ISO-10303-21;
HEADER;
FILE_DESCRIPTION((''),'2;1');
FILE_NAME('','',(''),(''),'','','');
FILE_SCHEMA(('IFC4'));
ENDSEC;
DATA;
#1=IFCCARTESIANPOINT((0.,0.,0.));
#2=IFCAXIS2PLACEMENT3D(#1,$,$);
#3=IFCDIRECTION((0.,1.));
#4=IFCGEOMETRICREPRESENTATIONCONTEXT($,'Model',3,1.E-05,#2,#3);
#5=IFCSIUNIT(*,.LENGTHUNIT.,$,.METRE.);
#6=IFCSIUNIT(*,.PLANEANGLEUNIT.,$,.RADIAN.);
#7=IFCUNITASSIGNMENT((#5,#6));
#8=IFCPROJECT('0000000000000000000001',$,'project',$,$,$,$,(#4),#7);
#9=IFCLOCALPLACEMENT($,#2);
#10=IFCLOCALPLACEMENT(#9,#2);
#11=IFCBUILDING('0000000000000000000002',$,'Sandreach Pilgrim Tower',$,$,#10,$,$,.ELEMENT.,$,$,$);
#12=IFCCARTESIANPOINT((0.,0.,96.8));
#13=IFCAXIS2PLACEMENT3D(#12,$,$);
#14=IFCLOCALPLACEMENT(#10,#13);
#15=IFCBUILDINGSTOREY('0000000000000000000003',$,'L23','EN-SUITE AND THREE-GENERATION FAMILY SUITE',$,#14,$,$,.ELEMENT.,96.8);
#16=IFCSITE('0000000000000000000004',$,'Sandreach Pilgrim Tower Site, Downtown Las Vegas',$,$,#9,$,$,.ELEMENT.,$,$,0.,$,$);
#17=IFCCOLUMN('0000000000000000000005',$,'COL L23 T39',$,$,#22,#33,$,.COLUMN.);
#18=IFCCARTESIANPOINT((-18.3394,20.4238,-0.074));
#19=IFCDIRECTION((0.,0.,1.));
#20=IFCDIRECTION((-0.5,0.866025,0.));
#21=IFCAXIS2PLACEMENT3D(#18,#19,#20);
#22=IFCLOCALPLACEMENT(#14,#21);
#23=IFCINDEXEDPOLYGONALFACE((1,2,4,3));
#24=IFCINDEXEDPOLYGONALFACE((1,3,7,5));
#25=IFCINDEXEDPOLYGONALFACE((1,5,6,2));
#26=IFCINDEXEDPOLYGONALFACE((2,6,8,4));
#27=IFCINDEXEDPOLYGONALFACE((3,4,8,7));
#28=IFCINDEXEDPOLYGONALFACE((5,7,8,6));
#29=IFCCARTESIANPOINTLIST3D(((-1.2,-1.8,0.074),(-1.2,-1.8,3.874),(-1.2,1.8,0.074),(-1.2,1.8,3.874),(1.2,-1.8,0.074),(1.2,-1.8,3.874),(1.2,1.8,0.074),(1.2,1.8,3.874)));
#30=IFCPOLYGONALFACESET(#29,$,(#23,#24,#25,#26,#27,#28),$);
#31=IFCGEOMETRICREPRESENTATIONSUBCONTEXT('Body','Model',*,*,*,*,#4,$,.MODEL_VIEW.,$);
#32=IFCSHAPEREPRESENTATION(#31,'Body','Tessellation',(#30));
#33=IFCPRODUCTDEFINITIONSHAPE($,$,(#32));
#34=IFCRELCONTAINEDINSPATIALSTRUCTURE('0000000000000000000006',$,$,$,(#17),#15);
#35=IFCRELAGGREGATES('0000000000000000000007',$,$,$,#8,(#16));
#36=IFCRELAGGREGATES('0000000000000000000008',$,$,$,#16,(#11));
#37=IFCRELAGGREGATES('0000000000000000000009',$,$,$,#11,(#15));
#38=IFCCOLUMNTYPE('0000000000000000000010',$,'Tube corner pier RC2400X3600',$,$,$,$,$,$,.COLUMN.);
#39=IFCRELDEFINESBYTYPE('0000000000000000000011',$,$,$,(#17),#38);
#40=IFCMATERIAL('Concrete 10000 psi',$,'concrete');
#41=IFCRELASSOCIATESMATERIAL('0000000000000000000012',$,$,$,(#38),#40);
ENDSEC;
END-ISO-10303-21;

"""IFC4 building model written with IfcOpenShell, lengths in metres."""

from ifc_helpers import new_model, si_unit, direction, frame, origin, origin_2d, place, context, subcontext, project, spatial, rectangle, extrude, clip, halfspace, material, material_profile, profile_set, type_object, element, save


model = new_model("IFC4")

# Units and contexts
model_context = context("Model", 3, precision=1e-05, world=origin(), true_north=direction((0.0, 1.0)))
body_context = subcontext(model_context, "Body", "Model", "MODEL_VIEW")
ifc_project = project(units=[si_unit("LENGTHUNIT", "METRE"), si_unit("PLANEANGLEUNIT", "RADIAN")], contexts=[model_context])

# Site, building, storey
site_placement = place(None, origin())
site = spatial("IfcSite", under=ifc_project, at=site_placement, Name="Sandreach Pilgrim Tower Site, Downtown Las Vegas", CompositionType="ELEMENT", RefElevation=0.0)
building_placement = place(site_placement, origin())
building = spatial("IfcBuilding", under=site, at=building_placement, Name="Sandreach Pilgrim Tower", CompositionType="ELEMENT")
storey_placement = place(building_placement, frame((0.0, 0.0, 96.8)))
storey = spatial("IfcBuildingStorey", under=building, at=storey_placement, Name="L23", Description="EN-SUITE AND THREE-GENERATION FAMILY SUITE", CompositionType="ELEMENT", Elevation=96.8)

# Column
ifc_material_1 = material(Name="Concrete 10000 psi", Category="concrete")
ifc_material_profile_1 = material_profile(ifc_material_1, rectangle(XDim=2.3999, YDim=3.6001, at=origin_2d()), Name="RC2400X3600")
ifc_profile_set_1 = profile_set([ifc_material_profile_1], Name="Concrete 10000 psi")
column_type = type_object("IfcColumnType", Name="Tube corner pier RC2400X3600", PredefinedType="COLUMN", material=ifc_profile_set_1)
column_placement = place(storey_placement, frame((-18.3394, 20.4238, -0.074), z_axis=(0.0, 0.0, 1.0), x_axis=(-0.5, 0.866025, 0.0)))
element("IfcColumn", 1, at=column_placement, inside=storey, type_object=column_type, Name="COL L23 T39", PredefinedType="COLUMN", context=body_context, shape_type="SweptSolid", body=[
    clip(extrude(rectangle(XDim=2.3999, YDim=3.6001, at=origin_2d()), origin(), (0.0, 0.0, 1.0), 3.874), halfspace(frame((0.0, 0.0, 0.074)), True)),
])

save(model, "model.ifc")
